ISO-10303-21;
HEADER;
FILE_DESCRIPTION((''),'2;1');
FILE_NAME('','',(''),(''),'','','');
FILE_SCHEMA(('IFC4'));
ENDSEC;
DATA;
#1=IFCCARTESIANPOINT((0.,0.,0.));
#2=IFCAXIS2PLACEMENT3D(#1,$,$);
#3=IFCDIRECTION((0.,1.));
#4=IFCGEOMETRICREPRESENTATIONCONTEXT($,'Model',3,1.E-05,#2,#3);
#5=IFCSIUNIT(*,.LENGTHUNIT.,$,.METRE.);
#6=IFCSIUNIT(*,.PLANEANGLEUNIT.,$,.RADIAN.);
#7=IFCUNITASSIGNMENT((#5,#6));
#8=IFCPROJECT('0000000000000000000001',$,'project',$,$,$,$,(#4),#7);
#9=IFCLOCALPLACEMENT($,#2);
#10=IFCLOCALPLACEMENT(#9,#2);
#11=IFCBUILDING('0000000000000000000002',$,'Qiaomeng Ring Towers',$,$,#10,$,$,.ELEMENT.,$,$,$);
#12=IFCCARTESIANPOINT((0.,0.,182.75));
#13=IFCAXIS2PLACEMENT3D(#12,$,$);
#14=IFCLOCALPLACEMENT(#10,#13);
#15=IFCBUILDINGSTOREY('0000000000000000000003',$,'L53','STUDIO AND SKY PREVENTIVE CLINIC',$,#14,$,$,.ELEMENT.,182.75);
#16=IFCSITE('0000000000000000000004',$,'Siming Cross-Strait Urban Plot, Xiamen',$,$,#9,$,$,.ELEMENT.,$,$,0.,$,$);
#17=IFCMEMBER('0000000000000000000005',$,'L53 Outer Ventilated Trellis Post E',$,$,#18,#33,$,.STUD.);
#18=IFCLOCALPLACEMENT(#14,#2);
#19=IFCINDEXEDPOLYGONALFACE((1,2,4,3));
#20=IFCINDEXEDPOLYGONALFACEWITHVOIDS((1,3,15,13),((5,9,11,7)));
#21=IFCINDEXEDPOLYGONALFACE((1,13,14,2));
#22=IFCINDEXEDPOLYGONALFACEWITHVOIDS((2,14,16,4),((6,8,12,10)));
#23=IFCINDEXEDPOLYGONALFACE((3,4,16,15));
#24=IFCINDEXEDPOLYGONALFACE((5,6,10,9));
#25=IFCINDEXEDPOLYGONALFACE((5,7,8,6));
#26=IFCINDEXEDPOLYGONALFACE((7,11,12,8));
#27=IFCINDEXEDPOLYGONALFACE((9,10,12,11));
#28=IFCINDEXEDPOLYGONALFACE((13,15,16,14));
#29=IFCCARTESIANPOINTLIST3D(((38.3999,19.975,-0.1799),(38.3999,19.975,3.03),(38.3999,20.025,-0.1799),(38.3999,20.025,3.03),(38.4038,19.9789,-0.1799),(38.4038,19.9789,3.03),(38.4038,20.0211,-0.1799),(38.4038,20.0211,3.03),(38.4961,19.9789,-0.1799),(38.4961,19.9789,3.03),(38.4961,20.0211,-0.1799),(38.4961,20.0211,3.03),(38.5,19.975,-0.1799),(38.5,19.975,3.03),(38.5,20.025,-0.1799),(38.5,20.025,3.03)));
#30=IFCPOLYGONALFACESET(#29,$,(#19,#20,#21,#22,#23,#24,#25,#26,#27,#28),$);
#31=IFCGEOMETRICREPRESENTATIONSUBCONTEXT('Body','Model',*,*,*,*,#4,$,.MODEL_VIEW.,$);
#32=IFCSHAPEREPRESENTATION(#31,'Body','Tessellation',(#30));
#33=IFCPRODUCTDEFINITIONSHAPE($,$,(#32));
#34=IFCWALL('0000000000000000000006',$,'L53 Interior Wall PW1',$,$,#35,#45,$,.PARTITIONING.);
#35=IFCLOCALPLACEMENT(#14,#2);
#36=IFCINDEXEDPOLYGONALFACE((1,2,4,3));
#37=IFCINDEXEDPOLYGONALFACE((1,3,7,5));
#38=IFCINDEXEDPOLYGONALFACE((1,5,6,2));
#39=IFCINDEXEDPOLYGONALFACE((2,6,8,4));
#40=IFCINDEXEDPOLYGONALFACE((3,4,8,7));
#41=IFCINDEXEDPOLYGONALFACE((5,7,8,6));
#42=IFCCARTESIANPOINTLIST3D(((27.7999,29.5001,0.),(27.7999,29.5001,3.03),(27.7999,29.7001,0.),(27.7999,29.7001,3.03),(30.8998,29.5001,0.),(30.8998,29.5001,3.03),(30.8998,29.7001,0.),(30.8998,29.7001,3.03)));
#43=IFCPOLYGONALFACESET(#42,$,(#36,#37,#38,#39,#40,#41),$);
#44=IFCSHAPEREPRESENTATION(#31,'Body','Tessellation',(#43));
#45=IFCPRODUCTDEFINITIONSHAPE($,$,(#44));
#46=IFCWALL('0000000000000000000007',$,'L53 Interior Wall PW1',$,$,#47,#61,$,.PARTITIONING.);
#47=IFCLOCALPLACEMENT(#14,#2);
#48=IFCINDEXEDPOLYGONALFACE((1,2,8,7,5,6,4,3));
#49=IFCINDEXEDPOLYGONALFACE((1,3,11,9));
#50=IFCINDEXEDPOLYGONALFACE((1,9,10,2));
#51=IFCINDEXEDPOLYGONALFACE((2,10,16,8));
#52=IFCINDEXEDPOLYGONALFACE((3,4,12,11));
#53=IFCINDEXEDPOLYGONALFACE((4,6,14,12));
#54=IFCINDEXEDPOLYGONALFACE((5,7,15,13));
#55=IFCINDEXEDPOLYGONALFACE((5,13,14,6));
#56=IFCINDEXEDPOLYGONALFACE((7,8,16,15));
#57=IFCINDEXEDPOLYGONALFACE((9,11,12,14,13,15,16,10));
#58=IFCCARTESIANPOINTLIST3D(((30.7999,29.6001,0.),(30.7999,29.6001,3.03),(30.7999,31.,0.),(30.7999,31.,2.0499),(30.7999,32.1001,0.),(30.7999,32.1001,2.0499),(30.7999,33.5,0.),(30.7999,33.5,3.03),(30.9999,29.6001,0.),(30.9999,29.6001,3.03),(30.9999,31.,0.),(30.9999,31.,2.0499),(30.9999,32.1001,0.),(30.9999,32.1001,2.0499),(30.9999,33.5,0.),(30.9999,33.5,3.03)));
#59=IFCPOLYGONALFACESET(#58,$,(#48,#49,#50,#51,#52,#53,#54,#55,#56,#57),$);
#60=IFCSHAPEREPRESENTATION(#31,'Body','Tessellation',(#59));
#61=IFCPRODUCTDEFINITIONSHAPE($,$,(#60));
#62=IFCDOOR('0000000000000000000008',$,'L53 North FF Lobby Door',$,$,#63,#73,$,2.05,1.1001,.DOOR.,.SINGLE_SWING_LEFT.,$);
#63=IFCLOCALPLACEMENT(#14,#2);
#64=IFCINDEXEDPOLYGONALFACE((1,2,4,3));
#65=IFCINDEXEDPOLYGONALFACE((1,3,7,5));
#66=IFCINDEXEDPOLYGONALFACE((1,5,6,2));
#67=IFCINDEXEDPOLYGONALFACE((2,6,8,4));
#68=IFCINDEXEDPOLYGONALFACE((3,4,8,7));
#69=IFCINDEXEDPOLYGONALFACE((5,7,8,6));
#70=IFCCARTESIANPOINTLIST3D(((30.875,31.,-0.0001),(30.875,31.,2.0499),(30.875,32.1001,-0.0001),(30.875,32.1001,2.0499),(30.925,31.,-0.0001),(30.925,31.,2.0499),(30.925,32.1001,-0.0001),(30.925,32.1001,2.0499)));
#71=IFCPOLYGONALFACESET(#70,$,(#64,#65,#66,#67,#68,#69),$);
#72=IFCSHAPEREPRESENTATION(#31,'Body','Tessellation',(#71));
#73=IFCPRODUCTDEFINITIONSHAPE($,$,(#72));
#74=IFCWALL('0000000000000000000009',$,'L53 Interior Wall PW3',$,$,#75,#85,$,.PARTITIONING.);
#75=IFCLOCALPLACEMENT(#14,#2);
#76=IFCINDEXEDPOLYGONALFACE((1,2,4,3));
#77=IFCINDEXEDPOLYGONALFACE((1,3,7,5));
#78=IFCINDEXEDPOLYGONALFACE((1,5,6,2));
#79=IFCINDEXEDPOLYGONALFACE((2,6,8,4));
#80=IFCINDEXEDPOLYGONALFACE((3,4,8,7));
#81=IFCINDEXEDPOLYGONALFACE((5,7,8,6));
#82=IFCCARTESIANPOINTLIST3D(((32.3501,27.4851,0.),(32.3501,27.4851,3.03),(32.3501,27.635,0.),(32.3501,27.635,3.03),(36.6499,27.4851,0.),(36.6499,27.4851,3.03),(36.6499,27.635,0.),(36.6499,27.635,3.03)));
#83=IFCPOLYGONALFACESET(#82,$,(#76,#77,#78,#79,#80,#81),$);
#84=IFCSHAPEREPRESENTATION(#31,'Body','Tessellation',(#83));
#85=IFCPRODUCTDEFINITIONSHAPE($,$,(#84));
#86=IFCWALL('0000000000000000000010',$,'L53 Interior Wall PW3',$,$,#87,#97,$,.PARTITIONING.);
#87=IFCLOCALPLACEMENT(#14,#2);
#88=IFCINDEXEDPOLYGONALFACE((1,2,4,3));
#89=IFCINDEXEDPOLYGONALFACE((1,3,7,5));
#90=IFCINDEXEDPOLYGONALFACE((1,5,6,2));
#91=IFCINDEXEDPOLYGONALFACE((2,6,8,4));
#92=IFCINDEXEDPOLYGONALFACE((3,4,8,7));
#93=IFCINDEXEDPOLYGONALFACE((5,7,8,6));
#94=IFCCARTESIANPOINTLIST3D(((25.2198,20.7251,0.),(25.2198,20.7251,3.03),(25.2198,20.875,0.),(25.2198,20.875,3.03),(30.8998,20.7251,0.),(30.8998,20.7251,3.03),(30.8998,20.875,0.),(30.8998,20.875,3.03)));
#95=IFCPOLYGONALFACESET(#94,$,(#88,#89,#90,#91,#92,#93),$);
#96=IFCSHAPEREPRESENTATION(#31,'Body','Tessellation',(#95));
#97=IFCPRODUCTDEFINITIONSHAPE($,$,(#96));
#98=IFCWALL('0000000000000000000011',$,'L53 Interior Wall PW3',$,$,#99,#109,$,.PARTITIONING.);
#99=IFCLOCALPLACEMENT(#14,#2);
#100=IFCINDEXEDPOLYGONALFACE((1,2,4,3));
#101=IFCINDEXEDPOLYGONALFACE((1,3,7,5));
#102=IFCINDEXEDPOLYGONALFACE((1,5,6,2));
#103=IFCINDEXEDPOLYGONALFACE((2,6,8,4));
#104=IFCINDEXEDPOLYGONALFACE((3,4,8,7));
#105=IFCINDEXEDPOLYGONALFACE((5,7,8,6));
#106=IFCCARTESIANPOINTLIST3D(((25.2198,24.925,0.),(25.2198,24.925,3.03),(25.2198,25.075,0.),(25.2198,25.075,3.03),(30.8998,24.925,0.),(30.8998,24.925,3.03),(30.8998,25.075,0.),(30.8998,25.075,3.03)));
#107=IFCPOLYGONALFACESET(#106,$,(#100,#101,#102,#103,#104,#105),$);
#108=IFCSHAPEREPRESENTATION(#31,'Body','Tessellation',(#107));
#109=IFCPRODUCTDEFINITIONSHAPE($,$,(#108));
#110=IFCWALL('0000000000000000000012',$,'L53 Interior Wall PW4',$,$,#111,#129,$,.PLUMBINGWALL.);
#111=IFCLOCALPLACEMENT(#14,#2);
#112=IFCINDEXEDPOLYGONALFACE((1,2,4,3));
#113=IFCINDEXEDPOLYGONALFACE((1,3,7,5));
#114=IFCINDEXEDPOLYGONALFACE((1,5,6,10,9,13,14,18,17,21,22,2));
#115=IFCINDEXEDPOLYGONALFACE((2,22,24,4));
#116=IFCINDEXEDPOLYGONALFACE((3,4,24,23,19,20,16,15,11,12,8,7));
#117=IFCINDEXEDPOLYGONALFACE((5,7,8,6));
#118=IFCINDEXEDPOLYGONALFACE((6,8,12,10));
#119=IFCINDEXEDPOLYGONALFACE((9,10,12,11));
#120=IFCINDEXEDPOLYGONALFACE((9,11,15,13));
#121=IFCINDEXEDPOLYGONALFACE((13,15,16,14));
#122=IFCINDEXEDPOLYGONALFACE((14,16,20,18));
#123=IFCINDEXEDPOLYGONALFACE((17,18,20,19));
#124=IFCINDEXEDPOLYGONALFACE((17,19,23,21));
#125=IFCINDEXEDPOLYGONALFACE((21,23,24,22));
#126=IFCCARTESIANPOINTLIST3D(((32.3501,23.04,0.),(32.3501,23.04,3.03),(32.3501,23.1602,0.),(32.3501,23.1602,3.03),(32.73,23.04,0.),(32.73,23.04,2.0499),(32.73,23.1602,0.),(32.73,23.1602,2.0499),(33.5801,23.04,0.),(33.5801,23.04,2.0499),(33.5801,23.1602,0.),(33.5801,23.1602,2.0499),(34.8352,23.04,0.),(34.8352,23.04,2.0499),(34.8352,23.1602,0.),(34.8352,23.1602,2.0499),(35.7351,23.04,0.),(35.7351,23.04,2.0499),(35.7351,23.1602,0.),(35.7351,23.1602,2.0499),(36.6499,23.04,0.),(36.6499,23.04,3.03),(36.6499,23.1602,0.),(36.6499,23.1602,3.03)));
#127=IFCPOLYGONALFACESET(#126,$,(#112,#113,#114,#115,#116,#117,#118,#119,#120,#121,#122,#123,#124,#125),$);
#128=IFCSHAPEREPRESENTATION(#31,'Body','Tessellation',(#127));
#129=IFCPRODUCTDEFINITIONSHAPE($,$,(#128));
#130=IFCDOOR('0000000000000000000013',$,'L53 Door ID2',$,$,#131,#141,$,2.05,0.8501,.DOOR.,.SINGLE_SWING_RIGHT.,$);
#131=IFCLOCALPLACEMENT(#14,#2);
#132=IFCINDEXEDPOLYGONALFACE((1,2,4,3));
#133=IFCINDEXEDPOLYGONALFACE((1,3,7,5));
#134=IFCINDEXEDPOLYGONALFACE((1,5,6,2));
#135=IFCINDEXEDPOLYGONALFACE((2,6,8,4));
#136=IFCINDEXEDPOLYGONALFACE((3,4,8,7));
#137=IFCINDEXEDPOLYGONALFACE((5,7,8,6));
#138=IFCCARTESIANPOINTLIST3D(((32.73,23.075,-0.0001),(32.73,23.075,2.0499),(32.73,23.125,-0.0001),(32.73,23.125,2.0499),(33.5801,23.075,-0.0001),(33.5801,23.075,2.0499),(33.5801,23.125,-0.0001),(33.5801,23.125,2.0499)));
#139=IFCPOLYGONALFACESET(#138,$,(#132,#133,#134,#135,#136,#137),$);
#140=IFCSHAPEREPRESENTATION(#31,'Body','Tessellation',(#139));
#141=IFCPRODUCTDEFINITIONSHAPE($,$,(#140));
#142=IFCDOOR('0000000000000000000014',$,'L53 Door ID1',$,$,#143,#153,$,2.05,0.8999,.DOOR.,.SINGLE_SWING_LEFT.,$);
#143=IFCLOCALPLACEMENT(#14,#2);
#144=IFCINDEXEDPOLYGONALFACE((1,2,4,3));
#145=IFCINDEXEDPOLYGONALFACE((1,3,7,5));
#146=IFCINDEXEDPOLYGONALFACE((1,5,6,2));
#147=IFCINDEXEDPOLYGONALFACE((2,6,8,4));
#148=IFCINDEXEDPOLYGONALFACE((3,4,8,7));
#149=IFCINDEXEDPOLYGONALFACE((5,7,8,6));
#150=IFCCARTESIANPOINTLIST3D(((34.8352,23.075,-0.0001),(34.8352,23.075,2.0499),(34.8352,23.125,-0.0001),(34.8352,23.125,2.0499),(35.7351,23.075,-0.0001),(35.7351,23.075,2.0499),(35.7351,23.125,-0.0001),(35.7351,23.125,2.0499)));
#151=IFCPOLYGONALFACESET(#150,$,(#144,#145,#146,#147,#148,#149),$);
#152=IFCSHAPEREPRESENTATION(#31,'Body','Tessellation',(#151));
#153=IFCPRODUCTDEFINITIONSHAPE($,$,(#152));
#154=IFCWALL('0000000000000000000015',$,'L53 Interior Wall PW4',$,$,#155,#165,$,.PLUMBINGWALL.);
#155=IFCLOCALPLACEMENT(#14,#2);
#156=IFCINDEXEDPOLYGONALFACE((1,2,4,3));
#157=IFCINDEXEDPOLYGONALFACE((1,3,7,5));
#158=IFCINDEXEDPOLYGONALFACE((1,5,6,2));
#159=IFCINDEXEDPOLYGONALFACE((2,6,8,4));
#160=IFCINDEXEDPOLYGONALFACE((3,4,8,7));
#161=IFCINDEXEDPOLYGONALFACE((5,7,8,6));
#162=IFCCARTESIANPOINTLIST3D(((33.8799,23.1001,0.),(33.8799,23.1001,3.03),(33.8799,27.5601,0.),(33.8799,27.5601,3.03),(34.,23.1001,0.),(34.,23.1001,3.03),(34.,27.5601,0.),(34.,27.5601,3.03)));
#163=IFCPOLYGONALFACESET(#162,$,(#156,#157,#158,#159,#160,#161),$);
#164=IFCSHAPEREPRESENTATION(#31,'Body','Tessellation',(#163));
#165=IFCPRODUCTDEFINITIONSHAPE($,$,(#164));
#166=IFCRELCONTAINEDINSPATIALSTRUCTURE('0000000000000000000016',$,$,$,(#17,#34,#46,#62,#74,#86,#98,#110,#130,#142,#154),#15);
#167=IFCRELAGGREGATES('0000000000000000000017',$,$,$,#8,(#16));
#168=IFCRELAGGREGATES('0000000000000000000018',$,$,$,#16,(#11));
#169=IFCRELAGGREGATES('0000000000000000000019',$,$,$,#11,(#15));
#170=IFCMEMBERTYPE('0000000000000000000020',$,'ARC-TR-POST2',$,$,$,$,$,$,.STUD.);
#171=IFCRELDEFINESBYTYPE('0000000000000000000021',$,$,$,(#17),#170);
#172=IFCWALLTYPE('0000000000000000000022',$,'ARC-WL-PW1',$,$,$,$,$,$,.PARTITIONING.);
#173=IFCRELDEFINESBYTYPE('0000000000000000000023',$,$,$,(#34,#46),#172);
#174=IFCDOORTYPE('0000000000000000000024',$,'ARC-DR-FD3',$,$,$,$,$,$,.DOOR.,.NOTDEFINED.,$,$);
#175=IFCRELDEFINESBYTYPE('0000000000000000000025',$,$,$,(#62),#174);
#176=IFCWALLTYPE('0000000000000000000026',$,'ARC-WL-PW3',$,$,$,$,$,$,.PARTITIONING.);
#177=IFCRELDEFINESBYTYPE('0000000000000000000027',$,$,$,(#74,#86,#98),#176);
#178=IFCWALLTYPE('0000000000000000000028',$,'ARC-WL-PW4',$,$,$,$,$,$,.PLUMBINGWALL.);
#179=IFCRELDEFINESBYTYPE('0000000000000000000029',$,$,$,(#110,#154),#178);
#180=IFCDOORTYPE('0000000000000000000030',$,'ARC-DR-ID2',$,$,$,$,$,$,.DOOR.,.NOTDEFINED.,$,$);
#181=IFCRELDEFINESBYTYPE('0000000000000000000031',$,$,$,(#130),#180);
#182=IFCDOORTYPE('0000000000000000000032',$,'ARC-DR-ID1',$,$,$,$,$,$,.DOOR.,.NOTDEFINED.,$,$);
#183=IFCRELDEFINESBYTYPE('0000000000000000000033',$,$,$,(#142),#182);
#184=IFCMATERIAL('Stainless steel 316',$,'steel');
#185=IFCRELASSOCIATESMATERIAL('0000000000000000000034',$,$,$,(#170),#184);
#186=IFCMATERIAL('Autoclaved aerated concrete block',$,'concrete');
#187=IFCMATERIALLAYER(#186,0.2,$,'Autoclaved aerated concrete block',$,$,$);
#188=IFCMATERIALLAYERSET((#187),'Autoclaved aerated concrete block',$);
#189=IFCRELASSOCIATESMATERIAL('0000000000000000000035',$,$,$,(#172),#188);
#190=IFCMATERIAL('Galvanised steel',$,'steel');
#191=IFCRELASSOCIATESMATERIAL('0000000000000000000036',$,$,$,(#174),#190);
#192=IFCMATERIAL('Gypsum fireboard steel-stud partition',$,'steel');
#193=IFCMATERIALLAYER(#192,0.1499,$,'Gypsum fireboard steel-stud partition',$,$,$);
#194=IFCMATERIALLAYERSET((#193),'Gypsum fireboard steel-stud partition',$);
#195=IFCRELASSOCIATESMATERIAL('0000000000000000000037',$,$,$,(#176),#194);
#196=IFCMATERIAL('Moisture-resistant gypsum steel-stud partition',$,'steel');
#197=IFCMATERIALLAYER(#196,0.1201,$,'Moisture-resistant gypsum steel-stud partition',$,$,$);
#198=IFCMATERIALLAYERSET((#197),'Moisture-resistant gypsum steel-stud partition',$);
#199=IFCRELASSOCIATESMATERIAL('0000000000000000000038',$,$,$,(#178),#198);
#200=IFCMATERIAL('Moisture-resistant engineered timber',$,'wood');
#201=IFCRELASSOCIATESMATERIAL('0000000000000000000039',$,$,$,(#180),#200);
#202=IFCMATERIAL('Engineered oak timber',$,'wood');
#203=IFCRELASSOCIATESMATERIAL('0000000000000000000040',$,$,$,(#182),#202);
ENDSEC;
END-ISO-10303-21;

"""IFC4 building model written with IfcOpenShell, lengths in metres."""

from ifc_helpers import new_model, si_unit, direction, frame, frame_2d, origin, origin_2d, place, context, subcontext, project, spatial, rectangle, hollow_rectangle, extrude, source, transform, mapped, material, layer, layer_set, material_profile, profile_set, type_object, element, fill, save


model = new_model("IFC4")

# Units and contexts
model_context = context("Model", 3, precision=1e-05, world=origin(), true_north=direction((0.0, 1.0)))
body_context = subcontext(model_context, "Body", "Model", "MODEL_VIEW")
ifc_project = project(units=[si_unit("LENGTHUNIT", "METRE"), si_unit("PLANEANGLEUNIT", "RADIAN")], contexts=[model_context])

# Site, building, storey
site_placement = place(None, origin())
site = spatial("IfcSite", under=ifc_project, at=site_placement, Name="Siming Cross-Strait Urban Plot, Xiamen", CompositionType="ELEMENT", RefElevation=0.0)
building_placement = place(site_placement, origin())
building = spatial("IfcBuilding", under=site, at=building_placement, Name="Qiaomeng Ring Towers", CompositionType="ELEMENT")
storey_placement = place(building_placement, frame((0.0, 0.0, 182.75)))
storey = spatial("IfcBuildingStorey", under=building, at=storey_placement, Name="L53", Description="STUDIO AND SKY PREVENTIVE CLINIC", CompositionType="ELEMENT", Elevation=182.75)

# Member
ifc_material_1 = material(Name="Stainless steel 316", Category="steel")
ifc_material_profile_1 = material_profile(ifc_material_1, hollow_rectangle(XDim=0.05, YDim=0.1001, WallThickness=0.0039, at=origin_2d()), Name="SS TRELLIS 100x50")
ifc_profile_set_1 = profile_set([ifc_material_profile_1], Name="Stainless steel 316")
member_type = type_object("IfcMemberType", Name="ARC-TR-POST2", PredefinedType="STUD", material=ifc_profile_set_1)
shared_shape_1 = source(origin(), body_context, "Body", "SweptSolid", [
    extrude(hollow_rectangle(XDim=0.05, YDim=0.1001, WallThickness=0.0039, at=origin_2d()), origin(), (0.0, 0.0, 1.0), 3.21),
])
member_placement = place(storey_placement, frame((38.45, 20.0, -0.1799), z_axis=(0.0, 0.0, 1.0), x_axis=(0.0, 1.0, 0.0)))
element("IfcMember", 1, at=member_placement, inside=storey, type_object=member_type, Name="L53 Outer Ventilated Trellis Post E", PredefinedType="STUD", context=body_context, shape_type="MappedRepresentation", body=[
    mapped(shared_shape_1, transform((0.0, 0.0, 0.0), x_axis=(1.0, 0.0, 0.0), y_axis=(0.0, 1.0, 0.0), z_axis=(0.0, 0.0, 1.0), scale=1.0)),
])

# Wall
ifc_material_2 = material(Name="Autoclaved aerated concrete block", Category="concrete")
ifc_layer_1 = layer(ifc_material_2, 0.2, Name="Autoclaved aerated concrete block")
ifc_layer_set_1 = layer_set([ifc_layer_1], Name="Autoclaved aerated concrete block")
wall_type_1 = type_object("IfcWallType", Name="ARC-WL-PW1", PredefinedType="PARTITIONING", material=ifc_layer_set_1)
wall_1_placement = place(storey_placement, frame((27.8, 29.6001, 0.0), z_axis=(0.0, 0.0, 1.0), x_axis=(1.0, 0.0, 0.0)))
element("IfcWall", 2, at=wall_1_placement, inside=storey, type_object=wall_type_1, Name="L53 Interior Wall PW1", PredefinedType="PARTITIONING", context=body_context, shape_type="SweptSolid", body=[
    extrude(rectangle(XDim=3.0999, YDim=0.2, at=frame_2d((1.5498, 0.0))), origin(), (0.0, 0.0, 1.0), 3.03),
])

# Wall, opening, door
wall_2_placement = place(storey_placement, frame((30.8999, 29.6001, 0.0), z_axis=(0.0, 0.0, 1.0), x_axis=(0.0, 1.0, 0.0)))
wall_2 = element("IfcWall", 3, at=wall_2_placement, inside=storey, type_object=wall_type_1, Name="L53 Interior Wall PW1", PredefinedType="PARTITIONING", context=body_context, shape_type="SweptSolid", body=[
    extrude(rectangle(XDim=3.8999, YDim=0.2, at=frame_2d((1.95, 0.0))), origin(), (0.0, 0.0, 1.0), 3.03),
])
opening_1_placement = place(wall_2_placement, frame((1.3999, 0.0, 0.0)))
opening_1 = element("IfcOpeningElement", 4, at=opening_1_placement, cuts=wall_2, PredefinedType="OPENING", context=body_context, shape_type="SweptSolid", body=[
    extrude(rectangle(XDim=1.1001, YDim=2.05, at=frame_2d((0.55, 1.0249))), frame((0.0, 0.1099, 0.0), z_axis=(0.0, -1.0, 0.0), x_axis=(1.0, 0.0, 0.0)), (0.0, 0.0, 1.0), 0.22),
])
ifc_material_3 = material(Name="Galvanised steel", Category="steel")
door_type_1 = type_object("IfcDoorType", Name="ARC-DR-FD3", OperationType="NOTDEFINED", PredefinedType="DOOR", material=ifc_material_3)
shared_shape_2 = source(origin(), body_context, "Body", "SweptSolid", [
    extrude(rectangle(XDim=1.1001, YDim=2.05, at=frame_2d((0.55, 1.0249))), frame((0.0, 0.0249, 0.0), z_axis=(0.0, -1.0, 0.0), x_axis=(1.0, 0.0, 0.0)), (0.0, 0.0, 1.0), 0.05),
])
door_1_placement = place(opening_1_placement, origin())
door_1 = element("IfcDoor", 5, at=door_1_placement, inside=storey, type_object=door_type_1, Name="L53 North FF Lobby Door", OperationType="SINGLE_SWING_LEFT", OverallHeight=2.05, OverallWidth=1.1001, PredefinedType="DOOR", context=body_context, shape_type="MappedRepresentation", body=[
    mapped(shared_shape_2, transform((0.0, 0.0, 0.0), x_axis=(1.0, 0.0, 0.0), y_axis=(0.0, 1.0, 0.0), z_axis=(0.0, 0.0, 1.0), scale=1.0)),
])
fill(opening_1, door_1)

# Walls
ifc_material_4 = material(Name="Gypsum fireboard steel-stud partition", Category="steel")
ifc_layer_2 = layer(ifc_material_4, 0.1499, Name="Gypsum fireboard steel-stud partition")
ifc_layer_set_2 = layer_set([ifc_layer_2], Name="Gypsum fireboard steel-stud partition")
wall_type_2 = type_object("IfcWallType", Name="ARC-WL-PW3", PredefinedType="PARTITIONING", material=ifc_layer_set_2)
wall_3_placement = place(storey_placement, frame((32.3501, 27.5601, 0.0), z_axis=(0.0, 0.0, 1.0), x_axis=(1.0, 0.0, 0.0)))
element("IfcWall", 6, at=wall_3_placement, inside=storey, type_object=wall_type_2, Name="L53 Interior Wall PW3", PredefinedType="PARTITIONING", context=body_context, shape_type="SweptSolid", body=[
    extrude(rectangle(XDim=4.2998, YDim=0.1499, at=frame_2d((2.1499, 0.0))), origin(), (0.0, 0.0, 1.0), 3.03),
])
for number, where, z_axis, x_axis, name in (
    (7, (25.22, 20.8, 0.0), (0.0, 0.0, 1.0), (1.0, 0.0, 0.0), "L53 Interior Wall PW3"),
    (8, (25.22, 25.0, 0.0), (0.0, 0.0, 1.0), (1.0, 0.0, 0.0), "L53 Interior Wall PW3"),
):
    element("IfcWall", number, at=place(storey_placement, frame(where, z_axis=z_axis, x_axis=x_axis)), inside=storey, type_object=wall_type_2, Name=name, PredefinedType="PARTITIONING", context=body_context, shape_type="SweptSolid", body=[
        extrude(rectangle(XDim=5.6799, YDim=0.1499, at=frame_2d((2.8398, 0.0))), origin(), (0.0, 0.0, 1.0), 3.03),
    ])

# Wall, openings, doors
ifc_material_5 = material(Name="Moisture-resistant gypsum steel-stud partition", Category="steel")
ifc_layer_3 = layer(ifc_material_5, 0.1201, Name="Moisture-resistant gypsum steel-stud partition")
ifc_layer_set_3 = layer_set([ifc_layer_3], Name="Moisture-resistant gypsum steel-stud partition")
wall_type_3 = type_object("IfcWallType", Name="ARC-WL-PW4", PredefinedType="PLUMBINGWALL", material=ifc_layer_set_3)
wall_4_placement = place(storey_placement, frame((32.3501, 23.1001, 0.0), z_axis=(0.0, 0.0, 1.0), x_axis=(1.0, 0.0, 0.0)))
wall_4 = element("IfcWall", 9, at=wall_4_placement, inside=storey, type_object=wall_type_3, Name="L53 Interior Wall PW4", PredefinedType="PLUMBINGWALL", context=body_context, shape_type="SweptSolid", body=[
    extrude(rectangle(XDim=4.2998, YDim=0.1201, at=frame_2d((2.1499, 0.0))), origin(), (0.0, 0.0, 1.0), 3.03),
])
opening_2_placement = place(wall_4_placement, frame((0.3799, 0.0, 0.0)))
opening_2 = element("IfcOpeningElement", 10, at=opening_2_placement, cuts=wall_4, PredefinedType="OPENING", context=body_context, shape_type="SweptSolid", body=[
    extrude(rectangle(XDim=0.8501, YDim=2.05, at=frame_2d((0.425, 1.0249))), frame((0.0, 0.0701, 0.0), z_axis=(0.0, -1.0, 0.0), x_axis=(1.0, 0.0, 0.0)), (0.0, 0.0, 1.0), 0.1401),
])
opening_3_placement = place(wall_4_placement, frame((2.4851, 0.0, 0.0)))
opening_3 = element("IfcOpeningElement", 11, at=opening_3_placement, cuts=wall_4, PredefinedType="OPENING", context=body_context, shape_type="SweptSolid", body=[
    extrude(rectangle(XDim=0.8999, YDim=2.05, at=frame_2d((0.45, 1.0249))), frame((0.0, 0.0701, 0.0), z_axis=(0.0, -1.0, 0.0), x_axis=(1.0, 0.0, 0.0)), (0.0, 0.0, 1.0), 0.1401),
])
ifc_material_6 = material(Name="Moisture-resistant engineered timber", Category="wood")
door_type_2 = type_object("IfcDoorType", Name="ARC-DR-ID2", OperationType="NOTDEFINED", PredefinedType="DOOR", material=ifc_material_6)
shared_shape_3 = source(origin(), body_context, "Body", "SweptSolid", [
    extrude(rectangle(XDim=0.8501, YDim=2.05, at=frame_2d((0.425, 1.0249))), frame((0.0, 0.0249, 0.0), z_axis=(0.0, -1.0, 0.0), x_axis=(1.0, 0.0, 0.0)), (0.0, 0.0, 1.0), 0.05),
])
door_2_placement = place(opening_2_placement, origin())
door_2 = element("IfcDoor", 12, at=door_2_placement, inside=storey, type_object=door_type_2, Name="L53 Door ID2", OperationType="SINGLE_SWING_RIGHT", OverallHeight=2.05, OverallWidth=0.8501, PredefinedType="DOOR", context=body_context, shape_type="MappedRepresentation", body=[
    mapped(shared_shape_3, transform((0.0, 0.0, 0.0), x_axis=(1.0, 0.0, 0.0), y_axis=(0.0, 1.0, 0.0), z_axis=(0.0, 0.0, 1.0), scale=1.0)),
])
fill(opening_2, door_2)
ifc_material_7 = material(Name="Engineered oak timber", Category="wood")
door_type_3 = type_object("IfcDoorType", Name="ARC-DR-ID1", OperationType="NOTDEFINED", PredefinedType="DOOR", material=ifc_material_7)
shared_shape_4 = source(origin(), body_context, "Body", "SweptSolid", [
    extrude(rectangle(XDim=0.8999, YDim=2.05, at=frame_2d((0.45, 1.0249))), frame((0.0, 0.0249, 0.0), z_axis=(0.0, -1.0, 0.0), x_axis=(1.0, 0.0, 0.0)), (0.0, 0.0, 1.0), 0.05),
])
door_3_placement = place(opening_3_placement, origin())
door_3 = element("IfcDoor", 13, at=door_3_placement, inside=storey, type_object=door_type_3, Name="L53 Door ID1", OperationType="SINGLE_SWING_LEFT", OverallHeight=2.05, OverallWidth=0.8999, PredefinedType="DOOR", context=body_context, shape_type="MappedRepresentation", body=[
    mapped(shared_shape_4, transform((0.0, 0.0, 0.0), x_axis=(1.0, 0.0, 0.0), y_axis=(0.0, 1.0, 0.0), z_axis=(0.0, 0.0, 1.0), scale=1.0)),
])
fill(opening_3, door_3)

# Wall
wall_5_placement = place(storey_placement, frame((33.9399, 23.1001, 0.0), z_axis=(0.0, 0.0, 1.0), x_axis=(0.0, 1.0, 0.0)))
element("IfcWall", 14, at=wall_5_placement, inside=storey, type_object=wall_type_3, Name="L53 Interior Wall PW4", PredefinedType="PLUMBINGWALL", context=body_context, shape_type="SweptSolid", body=[
    extrude(rectangle(XDim=4.46, YDim=0.1201, at=frame_2d((2.23, 0.0))), origin(), (0.0, 0.0, 1.0), 3.03),
])

save(model, "model.ifc")
